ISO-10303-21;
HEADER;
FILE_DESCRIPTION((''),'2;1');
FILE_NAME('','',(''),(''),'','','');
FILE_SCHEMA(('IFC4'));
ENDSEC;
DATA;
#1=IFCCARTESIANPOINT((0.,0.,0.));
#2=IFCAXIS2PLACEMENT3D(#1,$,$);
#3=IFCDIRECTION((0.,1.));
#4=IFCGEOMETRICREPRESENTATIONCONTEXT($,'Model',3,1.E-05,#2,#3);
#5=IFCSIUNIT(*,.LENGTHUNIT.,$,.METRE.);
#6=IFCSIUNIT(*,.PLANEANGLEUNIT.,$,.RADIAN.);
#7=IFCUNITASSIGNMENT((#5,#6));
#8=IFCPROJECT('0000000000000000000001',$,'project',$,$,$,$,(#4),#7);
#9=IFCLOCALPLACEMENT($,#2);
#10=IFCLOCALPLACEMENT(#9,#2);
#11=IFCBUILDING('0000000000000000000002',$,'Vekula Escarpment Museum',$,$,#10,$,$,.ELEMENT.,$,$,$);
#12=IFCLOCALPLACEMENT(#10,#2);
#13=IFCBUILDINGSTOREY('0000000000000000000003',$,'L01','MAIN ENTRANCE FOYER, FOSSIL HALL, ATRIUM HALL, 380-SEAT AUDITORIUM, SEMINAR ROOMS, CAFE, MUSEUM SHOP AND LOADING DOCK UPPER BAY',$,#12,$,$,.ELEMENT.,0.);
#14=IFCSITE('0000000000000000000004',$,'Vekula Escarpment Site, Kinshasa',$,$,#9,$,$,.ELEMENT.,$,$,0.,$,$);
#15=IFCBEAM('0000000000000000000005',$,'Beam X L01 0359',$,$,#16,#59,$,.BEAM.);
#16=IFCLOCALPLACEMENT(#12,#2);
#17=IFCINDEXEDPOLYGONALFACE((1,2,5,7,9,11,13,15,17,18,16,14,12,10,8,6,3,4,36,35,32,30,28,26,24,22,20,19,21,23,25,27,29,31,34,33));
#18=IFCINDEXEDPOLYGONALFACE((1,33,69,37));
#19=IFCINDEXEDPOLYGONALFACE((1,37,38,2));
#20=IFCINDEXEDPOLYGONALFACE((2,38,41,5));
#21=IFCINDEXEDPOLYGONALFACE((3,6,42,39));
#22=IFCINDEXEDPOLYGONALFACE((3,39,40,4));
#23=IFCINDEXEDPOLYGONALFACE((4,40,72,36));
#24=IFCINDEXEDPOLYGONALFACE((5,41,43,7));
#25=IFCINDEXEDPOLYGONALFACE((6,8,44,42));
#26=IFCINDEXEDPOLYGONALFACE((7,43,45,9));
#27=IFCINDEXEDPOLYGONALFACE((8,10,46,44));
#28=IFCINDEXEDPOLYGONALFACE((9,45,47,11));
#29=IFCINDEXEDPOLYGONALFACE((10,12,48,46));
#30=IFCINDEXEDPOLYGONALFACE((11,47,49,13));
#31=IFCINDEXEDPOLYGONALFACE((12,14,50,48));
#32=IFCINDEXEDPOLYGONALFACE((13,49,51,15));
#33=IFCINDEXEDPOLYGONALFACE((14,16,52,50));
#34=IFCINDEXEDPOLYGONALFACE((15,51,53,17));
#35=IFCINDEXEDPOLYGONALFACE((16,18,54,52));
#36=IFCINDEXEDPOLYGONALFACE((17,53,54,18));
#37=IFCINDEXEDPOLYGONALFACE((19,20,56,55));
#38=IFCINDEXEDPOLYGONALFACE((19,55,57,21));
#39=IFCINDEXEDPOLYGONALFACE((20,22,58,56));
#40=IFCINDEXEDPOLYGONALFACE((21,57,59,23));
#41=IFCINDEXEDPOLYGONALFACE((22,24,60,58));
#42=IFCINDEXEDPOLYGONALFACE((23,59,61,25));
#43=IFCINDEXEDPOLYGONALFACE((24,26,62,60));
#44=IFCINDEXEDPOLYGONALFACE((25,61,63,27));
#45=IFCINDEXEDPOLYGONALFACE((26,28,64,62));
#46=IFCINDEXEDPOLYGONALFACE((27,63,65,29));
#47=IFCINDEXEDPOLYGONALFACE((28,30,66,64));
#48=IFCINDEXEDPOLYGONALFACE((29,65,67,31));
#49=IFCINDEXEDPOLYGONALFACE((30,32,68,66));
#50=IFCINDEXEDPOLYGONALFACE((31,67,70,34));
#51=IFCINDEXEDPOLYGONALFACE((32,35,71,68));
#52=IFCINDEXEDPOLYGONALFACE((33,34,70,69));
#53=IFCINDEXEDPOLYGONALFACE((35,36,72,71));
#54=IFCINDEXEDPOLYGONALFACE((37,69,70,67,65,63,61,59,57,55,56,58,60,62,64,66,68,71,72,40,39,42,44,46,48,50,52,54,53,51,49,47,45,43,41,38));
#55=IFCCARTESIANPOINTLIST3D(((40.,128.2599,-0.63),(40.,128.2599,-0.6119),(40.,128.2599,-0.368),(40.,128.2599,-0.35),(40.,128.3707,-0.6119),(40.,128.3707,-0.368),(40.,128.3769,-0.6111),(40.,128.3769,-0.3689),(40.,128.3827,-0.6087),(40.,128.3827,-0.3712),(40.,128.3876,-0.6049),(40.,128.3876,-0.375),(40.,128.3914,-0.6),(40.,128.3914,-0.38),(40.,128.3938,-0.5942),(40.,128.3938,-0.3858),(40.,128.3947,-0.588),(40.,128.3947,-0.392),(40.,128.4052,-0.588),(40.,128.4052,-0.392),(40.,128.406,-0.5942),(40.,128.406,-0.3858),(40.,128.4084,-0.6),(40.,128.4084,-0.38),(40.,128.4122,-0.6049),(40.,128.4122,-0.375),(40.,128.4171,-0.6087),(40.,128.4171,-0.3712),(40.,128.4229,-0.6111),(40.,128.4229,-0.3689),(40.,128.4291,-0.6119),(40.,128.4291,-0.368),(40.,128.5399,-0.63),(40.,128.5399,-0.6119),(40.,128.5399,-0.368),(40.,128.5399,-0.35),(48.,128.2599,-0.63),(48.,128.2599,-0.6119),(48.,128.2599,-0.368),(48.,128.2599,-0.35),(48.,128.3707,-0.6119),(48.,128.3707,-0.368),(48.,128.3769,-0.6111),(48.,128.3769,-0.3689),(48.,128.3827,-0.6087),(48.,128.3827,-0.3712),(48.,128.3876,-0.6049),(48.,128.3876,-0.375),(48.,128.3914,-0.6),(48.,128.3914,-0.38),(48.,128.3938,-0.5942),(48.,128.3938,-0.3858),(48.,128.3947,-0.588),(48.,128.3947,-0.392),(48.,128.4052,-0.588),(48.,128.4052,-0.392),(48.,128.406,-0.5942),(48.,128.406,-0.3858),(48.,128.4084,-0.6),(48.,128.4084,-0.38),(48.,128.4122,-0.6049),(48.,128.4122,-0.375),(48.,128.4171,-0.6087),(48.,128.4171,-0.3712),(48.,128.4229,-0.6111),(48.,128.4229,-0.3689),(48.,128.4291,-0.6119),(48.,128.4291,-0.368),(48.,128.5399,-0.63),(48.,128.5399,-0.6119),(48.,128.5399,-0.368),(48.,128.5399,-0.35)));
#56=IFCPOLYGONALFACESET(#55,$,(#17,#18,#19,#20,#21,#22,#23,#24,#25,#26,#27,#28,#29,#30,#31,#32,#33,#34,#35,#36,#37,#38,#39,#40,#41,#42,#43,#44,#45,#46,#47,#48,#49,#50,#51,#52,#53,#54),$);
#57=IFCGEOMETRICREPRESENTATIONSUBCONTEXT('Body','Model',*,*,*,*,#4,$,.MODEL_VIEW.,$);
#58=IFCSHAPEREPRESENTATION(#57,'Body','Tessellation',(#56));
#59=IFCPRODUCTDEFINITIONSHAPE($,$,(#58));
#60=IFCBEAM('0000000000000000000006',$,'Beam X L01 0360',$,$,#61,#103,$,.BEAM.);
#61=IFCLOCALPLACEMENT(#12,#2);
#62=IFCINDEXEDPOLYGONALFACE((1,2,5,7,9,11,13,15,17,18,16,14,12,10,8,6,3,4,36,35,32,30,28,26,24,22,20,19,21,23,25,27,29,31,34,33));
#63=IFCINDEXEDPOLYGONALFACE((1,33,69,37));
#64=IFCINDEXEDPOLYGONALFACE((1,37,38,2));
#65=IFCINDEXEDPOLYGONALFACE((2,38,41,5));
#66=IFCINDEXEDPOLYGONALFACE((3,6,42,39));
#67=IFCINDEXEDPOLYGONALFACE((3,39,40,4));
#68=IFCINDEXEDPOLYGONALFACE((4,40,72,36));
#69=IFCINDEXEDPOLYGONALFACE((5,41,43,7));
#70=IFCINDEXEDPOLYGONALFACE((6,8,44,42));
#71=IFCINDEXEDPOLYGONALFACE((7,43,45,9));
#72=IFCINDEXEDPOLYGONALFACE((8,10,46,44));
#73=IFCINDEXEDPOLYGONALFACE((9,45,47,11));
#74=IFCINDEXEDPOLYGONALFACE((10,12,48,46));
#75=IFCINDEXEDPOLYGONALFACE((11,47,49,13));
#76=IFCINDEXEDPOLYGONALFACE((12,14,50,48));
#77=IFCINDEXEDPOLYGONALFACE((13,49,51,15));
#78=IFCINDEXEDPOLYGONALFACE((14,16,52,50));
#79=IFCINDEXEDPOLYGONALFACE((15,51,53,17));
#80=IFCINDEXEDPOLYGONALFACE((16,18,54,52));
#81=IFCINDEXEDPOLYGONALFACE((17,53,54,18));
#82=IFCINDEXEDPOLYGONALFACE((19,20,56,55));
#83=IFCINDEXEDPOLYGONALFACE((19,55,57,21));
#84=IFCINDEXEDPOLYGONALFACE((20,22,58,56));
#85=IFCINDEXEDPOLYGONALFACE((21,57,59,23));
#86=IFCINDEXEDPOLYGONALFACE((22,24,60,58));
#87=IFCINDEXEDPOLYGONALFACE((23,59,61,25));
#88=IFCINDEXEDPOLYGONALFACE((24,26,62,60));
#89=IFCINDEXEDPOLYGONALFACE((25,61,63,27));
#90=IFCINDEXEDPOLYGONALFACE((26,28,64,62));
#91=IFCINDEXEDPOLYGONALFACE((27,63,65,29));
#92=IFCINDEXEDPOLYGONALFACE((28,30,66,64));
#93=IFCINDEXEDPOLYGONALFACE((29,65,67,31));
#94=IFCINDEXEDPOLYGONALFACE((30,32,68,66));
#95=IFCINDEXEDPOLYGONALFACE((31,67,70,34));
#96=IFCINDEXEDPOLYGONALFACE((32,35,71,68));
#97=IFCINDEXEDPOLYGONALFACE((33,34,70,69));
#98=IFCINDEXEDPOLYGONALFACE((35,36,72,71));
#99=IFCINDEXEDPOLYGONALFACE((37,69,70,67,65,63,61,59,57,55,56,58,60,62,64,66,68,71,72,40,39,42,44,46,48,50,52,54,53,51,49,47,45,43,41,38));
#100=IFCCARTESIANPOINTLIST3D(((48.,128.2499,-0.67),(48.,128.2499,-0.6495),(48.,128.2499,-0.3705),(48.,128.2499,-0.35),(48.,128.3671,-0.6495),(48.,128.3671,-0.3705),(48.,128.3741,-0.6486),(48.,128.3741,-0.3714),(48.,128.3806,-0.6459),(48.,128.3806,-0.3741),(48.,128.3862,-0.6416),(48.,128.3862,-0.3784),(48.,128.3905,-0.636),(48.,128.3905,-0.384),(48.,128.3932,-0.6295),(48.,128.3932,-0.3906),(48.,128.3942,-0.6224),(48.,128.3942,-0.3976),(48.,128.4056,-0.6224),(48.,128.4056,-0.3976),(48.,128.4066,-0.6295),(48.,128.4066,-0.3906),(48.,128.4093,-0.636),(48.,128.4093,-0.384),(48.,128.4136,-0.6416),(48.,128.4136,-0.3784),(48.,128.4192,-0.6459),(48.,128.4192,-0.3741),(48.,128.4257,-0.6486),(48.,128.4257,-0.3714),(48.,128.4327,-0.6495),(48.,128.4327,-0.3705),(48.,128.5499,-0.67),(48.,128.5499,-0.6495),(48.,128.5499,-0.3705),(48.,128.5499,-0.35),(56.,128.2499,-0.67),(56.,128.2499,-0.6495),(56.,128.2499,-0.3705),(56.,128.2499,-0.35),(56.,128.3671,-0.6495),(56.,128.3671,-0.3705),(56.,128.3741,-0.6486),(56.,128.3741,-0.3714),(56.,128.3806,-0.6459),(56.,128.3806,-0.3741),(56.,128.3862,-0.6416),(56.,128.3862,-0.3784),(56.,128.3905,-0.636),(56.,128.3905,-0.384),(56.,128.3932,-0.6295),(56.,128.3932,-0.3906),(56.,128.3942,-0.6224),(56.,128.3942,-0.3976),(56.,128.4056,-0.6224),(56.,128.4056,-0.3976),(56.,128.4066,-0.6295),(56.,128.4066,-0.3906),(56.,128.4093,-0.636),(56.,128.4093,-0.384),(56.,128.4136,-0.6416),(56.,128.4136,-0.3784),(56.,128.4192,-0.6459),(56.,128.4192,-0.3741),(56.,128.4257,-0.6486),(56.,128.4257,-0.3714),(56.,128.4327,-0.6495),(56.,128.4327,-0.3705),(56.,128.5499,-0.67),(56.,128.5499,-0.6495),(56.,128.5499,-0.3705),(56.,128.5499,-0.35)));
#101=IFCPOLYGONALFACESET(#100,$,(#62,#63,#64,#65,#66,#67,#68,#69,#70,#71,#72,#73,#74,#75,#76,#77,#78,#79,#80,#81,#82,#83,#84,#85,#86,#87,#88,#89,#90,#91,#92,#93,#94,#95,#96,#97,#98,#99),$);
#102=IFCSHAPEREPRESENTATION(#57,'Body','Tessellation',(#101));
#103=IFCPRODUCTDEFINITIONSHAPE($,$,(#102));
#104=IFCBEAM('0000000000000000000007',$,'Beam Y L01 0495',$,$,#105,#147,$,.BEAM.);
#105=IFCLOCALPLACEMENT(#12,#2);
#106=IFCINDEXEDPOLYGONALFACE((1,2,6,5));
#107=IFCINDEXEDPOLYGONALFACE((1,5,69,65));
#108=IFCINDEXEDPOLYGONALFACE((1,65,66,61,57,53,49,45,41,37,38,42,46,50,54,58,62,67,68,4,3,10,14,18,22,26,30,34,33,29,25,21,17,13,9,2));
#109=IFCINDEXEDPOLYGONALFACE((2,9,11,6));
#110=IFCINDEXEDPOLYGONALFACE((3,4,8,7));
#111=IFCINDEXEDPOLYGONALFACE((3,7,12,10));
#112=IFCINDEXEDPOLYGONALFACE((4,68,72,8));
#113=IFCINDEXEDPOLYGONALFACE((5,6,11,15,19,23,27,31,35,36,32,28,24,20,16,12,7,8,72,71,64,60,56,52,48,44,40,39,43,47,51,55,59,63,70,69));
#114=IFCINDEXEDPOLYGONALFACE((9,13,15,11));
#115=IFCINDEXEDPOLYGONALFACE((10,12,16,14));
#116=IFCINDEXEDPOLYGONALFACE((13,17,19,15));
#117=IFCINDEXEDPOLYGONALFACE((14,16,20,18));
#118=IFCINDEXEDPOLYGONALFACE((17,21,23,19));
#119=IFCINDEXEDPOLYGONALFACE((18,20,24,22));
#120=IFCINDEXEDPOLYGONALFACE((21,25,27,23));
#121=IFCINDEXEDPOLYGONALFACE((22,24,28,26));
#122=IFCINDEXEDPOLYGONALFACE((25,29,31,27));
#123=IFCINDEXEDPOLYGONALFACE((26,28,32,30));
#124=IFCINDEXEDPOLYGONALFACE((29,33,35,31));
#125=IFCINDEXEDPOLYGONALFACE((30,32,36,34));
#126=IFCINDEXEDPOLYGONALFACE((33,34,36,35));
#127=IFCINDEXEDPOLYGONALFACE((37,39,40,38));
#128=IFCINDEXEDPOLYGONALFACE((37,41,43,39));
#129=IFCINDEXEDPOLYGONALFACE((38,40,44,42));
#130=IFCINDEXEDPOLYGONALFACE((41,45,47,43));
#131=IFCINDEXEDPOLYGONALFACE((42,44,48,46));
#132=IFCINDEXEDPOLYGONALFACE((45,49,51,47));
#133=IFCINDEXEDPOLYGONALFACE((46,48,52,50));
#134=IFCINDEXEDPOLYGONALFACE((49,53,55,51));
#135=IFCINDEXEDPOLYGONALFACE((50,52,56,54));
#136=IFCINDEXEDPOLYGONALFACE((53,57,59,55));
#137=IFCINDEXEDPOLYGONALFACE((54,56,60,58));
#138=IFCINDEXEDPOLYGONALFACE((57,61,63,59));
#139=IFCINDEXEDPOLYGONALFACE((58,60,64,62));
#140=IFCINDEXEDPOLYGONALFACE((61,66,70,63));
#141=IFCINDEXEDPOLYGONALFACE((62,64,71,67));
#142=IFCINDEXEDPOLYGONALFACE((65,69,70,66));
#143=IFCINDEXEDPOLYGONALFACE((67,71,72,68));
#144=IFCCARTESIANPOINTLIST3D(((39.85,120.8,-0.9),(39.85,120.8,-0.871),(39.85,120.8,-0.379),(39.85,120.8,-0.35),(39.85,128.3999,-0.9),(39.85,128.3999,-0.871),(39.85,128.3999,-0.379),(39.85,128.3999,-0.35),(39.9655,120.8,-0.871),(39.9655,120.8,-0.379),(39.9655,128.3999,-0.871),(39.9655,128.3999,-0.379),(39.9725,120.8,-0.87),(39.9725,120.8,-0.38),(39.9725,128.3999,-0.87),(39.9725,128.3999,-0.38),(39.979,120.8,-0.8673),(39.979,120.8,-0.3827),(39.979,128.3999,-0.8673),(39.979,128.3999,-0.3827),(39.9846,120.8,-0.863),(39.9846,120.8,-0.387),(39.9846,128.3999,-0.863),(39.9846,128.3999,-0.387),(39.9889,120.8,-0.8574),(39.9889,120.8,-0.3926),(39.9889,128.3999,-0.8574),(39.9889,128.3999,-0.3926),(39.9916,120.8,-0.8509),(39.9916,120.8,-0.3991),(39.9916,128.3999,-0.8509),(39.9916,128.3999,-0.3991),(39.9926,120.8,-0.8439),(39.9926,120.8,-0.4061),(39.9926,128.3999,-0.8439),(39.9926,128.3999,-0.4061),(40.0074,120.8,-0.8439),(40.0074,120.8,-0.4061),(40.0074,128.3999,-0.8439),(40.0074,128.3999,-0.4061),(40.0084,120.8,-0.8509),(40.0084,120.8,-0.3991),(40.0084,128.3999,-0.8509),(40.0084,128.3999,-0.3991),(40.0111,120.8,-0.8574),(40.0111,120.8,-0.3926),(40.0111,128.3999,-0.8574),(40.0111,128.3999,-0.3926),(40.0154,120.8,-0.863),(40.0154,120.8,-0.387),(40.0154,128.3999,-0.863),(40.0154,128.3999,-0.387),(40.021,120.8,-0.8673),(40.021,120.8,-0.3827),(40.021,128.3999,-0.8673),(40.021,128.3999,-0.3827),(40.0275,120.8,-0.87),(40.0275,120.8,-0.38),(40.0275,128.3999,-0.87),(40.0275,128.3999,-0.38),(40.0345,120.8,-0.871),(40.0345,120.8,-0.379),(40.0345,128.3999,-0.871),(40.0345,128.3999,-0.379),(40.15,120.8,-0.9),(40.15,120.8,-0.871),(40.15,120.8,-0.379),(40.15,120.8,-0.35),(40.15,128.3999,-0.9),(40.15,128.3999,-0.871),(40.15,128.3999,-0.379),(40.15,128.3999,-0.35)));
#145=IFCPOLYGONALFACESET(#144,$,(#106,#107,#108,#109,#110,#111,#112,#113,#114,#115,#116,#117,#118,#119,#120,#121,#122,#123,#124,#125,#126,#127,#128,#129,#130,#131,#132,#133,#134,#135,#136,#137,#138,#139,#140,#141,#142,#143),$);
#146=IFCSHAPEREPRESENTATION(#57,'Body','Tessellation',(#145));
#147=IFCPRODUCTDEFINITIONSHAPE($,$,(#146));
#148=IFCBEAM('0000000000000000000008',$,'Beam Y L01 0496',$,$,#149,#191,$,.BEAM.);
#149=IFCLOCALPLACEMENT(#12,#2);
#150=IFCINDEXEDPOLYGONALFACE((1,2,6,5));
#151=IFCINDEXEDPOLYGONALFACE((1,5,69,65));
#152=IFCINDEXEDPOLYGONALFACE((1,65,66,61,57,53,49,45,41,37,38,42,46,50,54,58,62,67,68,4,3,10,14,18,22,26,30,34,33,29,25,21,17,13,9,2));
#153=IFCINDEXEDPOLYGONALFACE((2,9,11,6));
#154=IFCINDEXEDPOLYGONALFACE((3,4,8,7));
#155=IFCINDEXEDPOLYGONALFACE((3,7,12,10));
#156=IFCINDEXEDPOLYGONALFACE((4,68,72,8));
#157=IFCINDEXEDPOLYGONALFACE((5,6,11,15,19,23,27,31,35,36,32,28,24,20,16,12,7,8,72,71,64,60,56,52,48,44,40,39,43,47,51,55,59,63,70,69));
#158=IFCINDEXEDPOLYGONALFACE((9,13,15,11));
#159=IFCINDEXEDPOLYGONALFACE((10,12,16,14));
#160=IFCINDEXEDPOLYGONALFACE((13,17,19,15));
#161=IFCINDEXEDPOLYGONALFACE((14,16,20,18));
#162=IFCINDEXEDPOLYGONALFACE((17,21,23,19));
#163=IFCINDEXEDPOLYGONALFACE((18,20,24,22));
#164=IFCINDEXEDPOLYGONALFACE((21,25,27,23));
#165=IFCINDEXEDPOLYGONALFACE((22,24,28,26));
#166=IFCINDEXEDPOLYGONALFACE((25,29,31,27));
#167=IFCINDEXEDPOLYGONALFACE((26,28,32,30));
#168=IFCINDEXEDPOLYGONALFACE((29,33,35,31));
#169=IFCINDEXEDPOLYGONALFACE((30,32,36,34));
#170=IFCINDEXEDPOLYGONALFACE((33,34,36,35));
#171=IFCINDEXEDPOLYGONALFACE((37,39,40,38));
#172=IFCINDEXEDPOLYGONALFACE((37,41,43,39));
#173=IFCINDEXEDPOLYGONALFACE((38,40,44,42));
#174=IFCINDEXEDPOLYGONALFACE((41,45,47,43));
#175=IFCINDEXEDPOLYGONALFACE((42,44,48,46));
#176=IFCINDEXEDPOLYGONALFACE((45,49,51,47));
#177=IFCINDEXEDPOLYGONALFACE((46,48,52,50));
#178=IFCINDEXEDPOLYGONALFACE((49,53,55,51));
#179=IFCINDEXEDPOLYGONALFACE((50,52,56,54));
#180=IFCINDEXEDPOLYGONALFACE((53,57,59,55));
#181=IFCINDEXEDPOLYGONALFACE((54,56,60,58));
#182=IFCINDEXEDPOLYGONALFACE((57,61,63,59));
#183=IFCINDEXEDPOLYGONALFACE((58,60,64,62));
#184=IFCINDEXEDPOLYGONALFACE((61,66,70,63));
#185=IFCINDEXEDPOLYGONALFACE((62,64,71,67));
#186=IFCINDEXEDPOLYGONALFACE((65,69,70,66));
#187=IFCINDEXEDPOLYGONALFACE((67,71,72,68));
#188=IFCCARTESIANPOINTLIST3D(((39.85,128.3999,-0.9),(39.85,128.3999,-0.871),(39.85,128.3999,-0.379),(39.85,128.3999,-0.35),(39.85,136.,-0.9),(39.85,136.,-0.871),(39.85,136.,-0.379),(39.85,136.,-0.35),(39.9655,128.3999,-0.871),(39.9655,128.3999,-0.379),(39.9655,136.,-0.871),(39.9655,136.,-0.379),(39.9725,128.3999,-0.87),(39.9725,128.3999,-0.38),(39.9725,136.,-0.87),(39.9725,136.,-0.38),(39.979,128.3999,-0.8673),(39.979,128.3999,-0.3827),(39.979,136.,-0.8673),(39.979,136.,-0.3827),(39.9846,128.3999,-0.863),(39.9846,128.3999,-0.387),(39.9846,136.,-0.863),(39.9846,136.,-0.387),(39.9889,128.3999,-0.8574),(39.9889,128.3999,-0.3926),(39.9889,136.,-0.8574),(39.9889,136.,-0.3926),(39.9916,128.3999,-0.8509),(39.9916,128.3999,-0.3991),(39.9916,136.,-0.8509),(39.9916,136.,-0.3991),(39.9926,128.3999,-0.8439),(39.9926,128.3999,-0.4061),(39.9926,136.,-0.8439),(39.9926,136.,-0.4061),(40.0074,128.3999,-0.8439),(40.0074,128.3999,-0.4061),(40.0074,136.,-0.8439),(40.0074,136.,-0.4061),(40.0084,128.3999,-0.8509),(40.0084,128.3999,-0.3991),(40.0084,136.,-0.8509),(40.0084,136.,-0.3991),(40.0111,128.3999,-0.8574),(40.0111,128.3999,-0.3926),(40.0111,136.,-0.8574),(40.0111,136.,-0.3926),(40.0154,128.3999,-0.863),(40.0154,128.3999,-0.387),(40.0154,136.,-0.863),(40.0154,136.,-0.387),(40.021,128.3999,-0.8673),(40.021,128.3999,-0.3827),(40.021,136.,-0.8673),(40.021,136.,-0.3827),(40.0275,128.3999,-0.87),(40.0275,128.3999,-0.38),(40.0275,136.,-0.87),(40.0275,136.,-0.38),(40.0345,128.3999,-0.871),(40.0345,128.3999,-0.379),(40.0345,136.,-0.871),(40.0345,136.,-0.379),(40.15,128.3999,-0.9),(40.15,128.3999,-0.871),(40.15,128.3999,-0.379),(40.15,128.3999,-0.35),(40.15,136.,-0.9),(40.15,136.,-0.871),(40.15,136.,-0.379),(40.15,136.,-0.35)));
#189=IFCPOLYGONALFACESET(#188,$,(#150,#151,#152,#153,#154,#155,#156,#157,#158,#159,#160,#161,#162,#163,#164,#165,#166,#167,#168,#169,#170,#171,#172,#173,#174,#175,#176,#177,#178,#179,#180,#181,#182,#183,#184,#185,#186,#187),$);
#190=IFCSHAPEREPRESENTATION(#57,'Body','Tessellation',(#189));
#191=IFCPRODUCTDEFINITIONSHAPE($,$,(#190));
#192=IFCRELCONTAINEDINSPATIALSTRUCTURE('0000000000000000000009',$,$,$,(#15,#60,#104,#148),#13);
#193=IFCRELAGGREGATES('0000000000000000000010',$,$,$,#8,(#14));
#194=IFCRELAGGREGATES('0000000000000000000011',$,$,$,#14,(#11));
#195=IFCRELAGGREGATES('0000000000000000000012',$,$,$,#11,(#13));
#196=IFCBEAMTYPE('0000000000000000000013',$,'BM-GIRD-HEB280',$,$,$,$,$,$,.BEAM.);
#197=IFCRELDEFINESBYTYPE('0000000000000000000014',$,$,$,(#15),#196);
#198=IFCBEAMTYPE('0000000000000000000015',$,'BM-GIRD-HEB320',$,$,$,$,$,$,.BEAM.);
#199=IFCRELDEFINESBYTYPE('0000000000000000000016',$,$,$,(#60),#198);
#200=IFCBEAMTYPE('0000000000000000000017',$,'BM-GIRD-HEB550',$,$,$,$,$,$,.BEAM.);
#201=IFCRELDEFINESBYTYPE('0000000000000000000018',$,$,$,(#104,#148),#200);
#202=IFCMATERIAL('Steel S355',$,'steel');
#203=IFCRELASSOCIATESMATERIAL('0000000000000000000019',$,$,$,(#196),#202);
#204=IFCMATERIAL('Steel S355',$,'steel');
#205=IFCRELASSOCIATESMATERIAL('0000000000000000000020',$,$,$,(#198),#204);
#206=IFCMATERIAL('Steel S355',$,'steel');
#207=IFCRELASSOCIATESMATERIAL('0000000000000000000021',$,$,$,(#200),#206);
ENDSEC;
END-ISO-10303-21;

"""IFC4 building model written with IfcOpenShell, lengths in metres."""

from ifc_helpers import new_model, si_unit, direction, frame, origin, origin_2d, place, context, subcontext, project, spatial, i_section, extrude, material, material_profile, profile_set, type_object, element, save


model = new_model("IFC4")

# Units and contexts
model_context = context("Model", 3, precision=1e-05, world=origin(), true_north=direction((0.0, 1.0)))
body_context = subcontext(model_context, "Body", "Model", "MODEL_VIEW")
ifc_project = project(units=[si_unit("LENGTHUNIT", "METRE"), si_unit("PLANEANGLEUNIT", "RADIAN")], contexts=[model_context])

# Site, building, storey
site_placement = place(None, origin())
site = spatial("IfcSite", under=ifc_project, at=site_placement, Name="Vekula Escarpment Site, Kinshasa", CompositionType="ELEMENT", RefElevation=0.0)
building_placement = place(site_placement, origin())
building = spatial("IfcBuilding", under=site, at=building_placement, Name="Vekula Escarpment Museum", CompositionType="ELEMENT")
storey_placement = place(building_placement, origin())
storey = spatial("IfcBuildingStorey", under=building, at=storey_placement, Name="L01", Description="MAIN ENTRANCE FOYER, FOSSIL HALL, ATRIUM HALL, 380-SEAT AUDITORIUM, SEMINAR ROOMS, CAFE, MUSEUM SHOP AND LOADING DOCK UPPER BAY", CompositionType="ELEMENT", Elevation=0.0)

# Beams
ifc_material_1 = material(Name="Steel S355", Category="steel")
ifc_material_profile_1 = material_profile(ifc_material_1, i_section(OverallWidth=0.28, OverallDepth=0.28, WebThickness=0.0105, FlangeThickness=0.0181, FilletRadius=0.0239, at=origin_2d()), Name="HEB 280")
ifc_profile_set_1 = profile_set([ifc_material_profile_1], Name="Steel S355")
beam_type_1 = type_object("IfcBeamType", Name="BM-GIRD-HEB280", PredefinedType="BEAM", material=ifc_profile_set_1)
for number, where, z_axis, x_axis, name in (
    (1, (40.0, 128.3999, -0.49), (1.0, 0.0, 0.0), (0.0, 1.0, 0.0), "Beam X L01 0359"),
):
    element("IfcBeam", number, at=place(storey_placement, frame(where, z_axis=z_axis, x_axis=x_axis)), inside=storey, type_object=beam_type_1, Name=name, PredefinedType="BEAM", context=body_context, shape_type="SweptSolid", body=[
        extrude(i_section(OverallWidth=0.28, OverallDepth=0.28, WebThickness=0.0105, FlangeThickness=0.0181, FilletRadius=0.0239, at=origin_2d()), origin(), (0.0, 0.0, 1.0), 8.0),
    ])
ifc_material_2 = material(Name="Steel S355", Category="steel")
ifc_material_profile_2 = material_profile(ifc_material_2, i_section(OverallWidth=0.3, OverallDepth=0.3201, WebThickness=0.0115, FlangeThickness=0.0205, FilletRadius=0.0271, at=origin_2d()), Name="HEB 320")
ifc_profile_set_2 = profile_set([ifc_material_profile_2], Name="Steel S355")
beam_type_2 = type_object("IfcBeamType", Name="BM-GIRD-HEB320", PredefinedType="BEAM", material=ifc_profile_set_2)
beam_1_placement = place(storey_placement, frame((48.0, 128.3999, -0.51), z_axis=(1.0, 0.0, 0.0), x_axis=(0.0, 1.0, 0.0)))
element("IfcBeam", 2, at=beam_1_placement, inside=storey, type_object=beam_type_2, Name="Beam X L01 0360", PredefinedType="BEAM", context=body_context, shape_type="SweptSolid", body=[
    extrude(i_section(OverallWidth=0.3, OverallDepth=0.3201, WebThickness=0.0115, FlangeThickness=0.0205, FilletRadius=0.0271, at=origin_2d()), origin(), (0.0, 0.0, 1.0), 8.0),
])
ifc_material_3 = material(Name="Steel S355", Category="steel")
ifc_material_profile_3 = material_profile(ifc_material_3, i_section(OverallWidth=0.3, OverallDepth=0.55, WebThickness=0.0149, FlangeThickness=0.0291, FilletRadius=0.0271, at=origin_2d()), Name="HEB 550")
ifc_profile_set_3 = profile_set([ifc_material_profile_3], Name="Steel S355")
beam_type_3 = type_object("IfcBeamType", Name="BM-GIRD-HEB550", PredefinedType="BEAM", material=ifc_profile_set_3)
beam_2_placement = place(storey_placement, frame((40.0, 120.8, -0.625), z_axis=(0.0, 1.0, 0.0), x_axis=(-1.0, 0.0, 0.0)))
element("IfcBeam", 3, at=beam_2_placement, inside=storey, type_object=beam_type_3, Name="Beam Y L01 0495", PredefinedType="BEAM", context=body_context, shape_type="SweptSolid", body=[
    extrude(i_section(OverallWidth=0.3, OverallDepth=0.55, WebThickness=0.0149, FlangeThickness=0.0291, FilletRadius=0.0271, at=origin_2d()), origin(), (0.0, 0.0, 1.0), 7.5999),
])
beam_3_placement = place(storey_placement, frame((40.0, 128.3999, -0.625), z_axis=(0.0, 1.0, 0.0), x_axis=(-1.0, 0.0, 0.0)))
element("IfcBeam", 4, at=beam_3_placement, inside=storey, type_object=beam_type_3, Name="Beam Y L01 0496", PredefinedType="BEAM", context=body_context, shape_type="SweptSolid", body=[
    extrude(i_section(OverallWidth=0.3, OverallDepth=0.55, WebThickness=0.0149, FlangeThickness=0.0291, FilletRadius=0.0271, at=origin_2d()), origin(), (0.0, 0.0, 1.0), 7.6001),
])

save(model, "model.ifc")
